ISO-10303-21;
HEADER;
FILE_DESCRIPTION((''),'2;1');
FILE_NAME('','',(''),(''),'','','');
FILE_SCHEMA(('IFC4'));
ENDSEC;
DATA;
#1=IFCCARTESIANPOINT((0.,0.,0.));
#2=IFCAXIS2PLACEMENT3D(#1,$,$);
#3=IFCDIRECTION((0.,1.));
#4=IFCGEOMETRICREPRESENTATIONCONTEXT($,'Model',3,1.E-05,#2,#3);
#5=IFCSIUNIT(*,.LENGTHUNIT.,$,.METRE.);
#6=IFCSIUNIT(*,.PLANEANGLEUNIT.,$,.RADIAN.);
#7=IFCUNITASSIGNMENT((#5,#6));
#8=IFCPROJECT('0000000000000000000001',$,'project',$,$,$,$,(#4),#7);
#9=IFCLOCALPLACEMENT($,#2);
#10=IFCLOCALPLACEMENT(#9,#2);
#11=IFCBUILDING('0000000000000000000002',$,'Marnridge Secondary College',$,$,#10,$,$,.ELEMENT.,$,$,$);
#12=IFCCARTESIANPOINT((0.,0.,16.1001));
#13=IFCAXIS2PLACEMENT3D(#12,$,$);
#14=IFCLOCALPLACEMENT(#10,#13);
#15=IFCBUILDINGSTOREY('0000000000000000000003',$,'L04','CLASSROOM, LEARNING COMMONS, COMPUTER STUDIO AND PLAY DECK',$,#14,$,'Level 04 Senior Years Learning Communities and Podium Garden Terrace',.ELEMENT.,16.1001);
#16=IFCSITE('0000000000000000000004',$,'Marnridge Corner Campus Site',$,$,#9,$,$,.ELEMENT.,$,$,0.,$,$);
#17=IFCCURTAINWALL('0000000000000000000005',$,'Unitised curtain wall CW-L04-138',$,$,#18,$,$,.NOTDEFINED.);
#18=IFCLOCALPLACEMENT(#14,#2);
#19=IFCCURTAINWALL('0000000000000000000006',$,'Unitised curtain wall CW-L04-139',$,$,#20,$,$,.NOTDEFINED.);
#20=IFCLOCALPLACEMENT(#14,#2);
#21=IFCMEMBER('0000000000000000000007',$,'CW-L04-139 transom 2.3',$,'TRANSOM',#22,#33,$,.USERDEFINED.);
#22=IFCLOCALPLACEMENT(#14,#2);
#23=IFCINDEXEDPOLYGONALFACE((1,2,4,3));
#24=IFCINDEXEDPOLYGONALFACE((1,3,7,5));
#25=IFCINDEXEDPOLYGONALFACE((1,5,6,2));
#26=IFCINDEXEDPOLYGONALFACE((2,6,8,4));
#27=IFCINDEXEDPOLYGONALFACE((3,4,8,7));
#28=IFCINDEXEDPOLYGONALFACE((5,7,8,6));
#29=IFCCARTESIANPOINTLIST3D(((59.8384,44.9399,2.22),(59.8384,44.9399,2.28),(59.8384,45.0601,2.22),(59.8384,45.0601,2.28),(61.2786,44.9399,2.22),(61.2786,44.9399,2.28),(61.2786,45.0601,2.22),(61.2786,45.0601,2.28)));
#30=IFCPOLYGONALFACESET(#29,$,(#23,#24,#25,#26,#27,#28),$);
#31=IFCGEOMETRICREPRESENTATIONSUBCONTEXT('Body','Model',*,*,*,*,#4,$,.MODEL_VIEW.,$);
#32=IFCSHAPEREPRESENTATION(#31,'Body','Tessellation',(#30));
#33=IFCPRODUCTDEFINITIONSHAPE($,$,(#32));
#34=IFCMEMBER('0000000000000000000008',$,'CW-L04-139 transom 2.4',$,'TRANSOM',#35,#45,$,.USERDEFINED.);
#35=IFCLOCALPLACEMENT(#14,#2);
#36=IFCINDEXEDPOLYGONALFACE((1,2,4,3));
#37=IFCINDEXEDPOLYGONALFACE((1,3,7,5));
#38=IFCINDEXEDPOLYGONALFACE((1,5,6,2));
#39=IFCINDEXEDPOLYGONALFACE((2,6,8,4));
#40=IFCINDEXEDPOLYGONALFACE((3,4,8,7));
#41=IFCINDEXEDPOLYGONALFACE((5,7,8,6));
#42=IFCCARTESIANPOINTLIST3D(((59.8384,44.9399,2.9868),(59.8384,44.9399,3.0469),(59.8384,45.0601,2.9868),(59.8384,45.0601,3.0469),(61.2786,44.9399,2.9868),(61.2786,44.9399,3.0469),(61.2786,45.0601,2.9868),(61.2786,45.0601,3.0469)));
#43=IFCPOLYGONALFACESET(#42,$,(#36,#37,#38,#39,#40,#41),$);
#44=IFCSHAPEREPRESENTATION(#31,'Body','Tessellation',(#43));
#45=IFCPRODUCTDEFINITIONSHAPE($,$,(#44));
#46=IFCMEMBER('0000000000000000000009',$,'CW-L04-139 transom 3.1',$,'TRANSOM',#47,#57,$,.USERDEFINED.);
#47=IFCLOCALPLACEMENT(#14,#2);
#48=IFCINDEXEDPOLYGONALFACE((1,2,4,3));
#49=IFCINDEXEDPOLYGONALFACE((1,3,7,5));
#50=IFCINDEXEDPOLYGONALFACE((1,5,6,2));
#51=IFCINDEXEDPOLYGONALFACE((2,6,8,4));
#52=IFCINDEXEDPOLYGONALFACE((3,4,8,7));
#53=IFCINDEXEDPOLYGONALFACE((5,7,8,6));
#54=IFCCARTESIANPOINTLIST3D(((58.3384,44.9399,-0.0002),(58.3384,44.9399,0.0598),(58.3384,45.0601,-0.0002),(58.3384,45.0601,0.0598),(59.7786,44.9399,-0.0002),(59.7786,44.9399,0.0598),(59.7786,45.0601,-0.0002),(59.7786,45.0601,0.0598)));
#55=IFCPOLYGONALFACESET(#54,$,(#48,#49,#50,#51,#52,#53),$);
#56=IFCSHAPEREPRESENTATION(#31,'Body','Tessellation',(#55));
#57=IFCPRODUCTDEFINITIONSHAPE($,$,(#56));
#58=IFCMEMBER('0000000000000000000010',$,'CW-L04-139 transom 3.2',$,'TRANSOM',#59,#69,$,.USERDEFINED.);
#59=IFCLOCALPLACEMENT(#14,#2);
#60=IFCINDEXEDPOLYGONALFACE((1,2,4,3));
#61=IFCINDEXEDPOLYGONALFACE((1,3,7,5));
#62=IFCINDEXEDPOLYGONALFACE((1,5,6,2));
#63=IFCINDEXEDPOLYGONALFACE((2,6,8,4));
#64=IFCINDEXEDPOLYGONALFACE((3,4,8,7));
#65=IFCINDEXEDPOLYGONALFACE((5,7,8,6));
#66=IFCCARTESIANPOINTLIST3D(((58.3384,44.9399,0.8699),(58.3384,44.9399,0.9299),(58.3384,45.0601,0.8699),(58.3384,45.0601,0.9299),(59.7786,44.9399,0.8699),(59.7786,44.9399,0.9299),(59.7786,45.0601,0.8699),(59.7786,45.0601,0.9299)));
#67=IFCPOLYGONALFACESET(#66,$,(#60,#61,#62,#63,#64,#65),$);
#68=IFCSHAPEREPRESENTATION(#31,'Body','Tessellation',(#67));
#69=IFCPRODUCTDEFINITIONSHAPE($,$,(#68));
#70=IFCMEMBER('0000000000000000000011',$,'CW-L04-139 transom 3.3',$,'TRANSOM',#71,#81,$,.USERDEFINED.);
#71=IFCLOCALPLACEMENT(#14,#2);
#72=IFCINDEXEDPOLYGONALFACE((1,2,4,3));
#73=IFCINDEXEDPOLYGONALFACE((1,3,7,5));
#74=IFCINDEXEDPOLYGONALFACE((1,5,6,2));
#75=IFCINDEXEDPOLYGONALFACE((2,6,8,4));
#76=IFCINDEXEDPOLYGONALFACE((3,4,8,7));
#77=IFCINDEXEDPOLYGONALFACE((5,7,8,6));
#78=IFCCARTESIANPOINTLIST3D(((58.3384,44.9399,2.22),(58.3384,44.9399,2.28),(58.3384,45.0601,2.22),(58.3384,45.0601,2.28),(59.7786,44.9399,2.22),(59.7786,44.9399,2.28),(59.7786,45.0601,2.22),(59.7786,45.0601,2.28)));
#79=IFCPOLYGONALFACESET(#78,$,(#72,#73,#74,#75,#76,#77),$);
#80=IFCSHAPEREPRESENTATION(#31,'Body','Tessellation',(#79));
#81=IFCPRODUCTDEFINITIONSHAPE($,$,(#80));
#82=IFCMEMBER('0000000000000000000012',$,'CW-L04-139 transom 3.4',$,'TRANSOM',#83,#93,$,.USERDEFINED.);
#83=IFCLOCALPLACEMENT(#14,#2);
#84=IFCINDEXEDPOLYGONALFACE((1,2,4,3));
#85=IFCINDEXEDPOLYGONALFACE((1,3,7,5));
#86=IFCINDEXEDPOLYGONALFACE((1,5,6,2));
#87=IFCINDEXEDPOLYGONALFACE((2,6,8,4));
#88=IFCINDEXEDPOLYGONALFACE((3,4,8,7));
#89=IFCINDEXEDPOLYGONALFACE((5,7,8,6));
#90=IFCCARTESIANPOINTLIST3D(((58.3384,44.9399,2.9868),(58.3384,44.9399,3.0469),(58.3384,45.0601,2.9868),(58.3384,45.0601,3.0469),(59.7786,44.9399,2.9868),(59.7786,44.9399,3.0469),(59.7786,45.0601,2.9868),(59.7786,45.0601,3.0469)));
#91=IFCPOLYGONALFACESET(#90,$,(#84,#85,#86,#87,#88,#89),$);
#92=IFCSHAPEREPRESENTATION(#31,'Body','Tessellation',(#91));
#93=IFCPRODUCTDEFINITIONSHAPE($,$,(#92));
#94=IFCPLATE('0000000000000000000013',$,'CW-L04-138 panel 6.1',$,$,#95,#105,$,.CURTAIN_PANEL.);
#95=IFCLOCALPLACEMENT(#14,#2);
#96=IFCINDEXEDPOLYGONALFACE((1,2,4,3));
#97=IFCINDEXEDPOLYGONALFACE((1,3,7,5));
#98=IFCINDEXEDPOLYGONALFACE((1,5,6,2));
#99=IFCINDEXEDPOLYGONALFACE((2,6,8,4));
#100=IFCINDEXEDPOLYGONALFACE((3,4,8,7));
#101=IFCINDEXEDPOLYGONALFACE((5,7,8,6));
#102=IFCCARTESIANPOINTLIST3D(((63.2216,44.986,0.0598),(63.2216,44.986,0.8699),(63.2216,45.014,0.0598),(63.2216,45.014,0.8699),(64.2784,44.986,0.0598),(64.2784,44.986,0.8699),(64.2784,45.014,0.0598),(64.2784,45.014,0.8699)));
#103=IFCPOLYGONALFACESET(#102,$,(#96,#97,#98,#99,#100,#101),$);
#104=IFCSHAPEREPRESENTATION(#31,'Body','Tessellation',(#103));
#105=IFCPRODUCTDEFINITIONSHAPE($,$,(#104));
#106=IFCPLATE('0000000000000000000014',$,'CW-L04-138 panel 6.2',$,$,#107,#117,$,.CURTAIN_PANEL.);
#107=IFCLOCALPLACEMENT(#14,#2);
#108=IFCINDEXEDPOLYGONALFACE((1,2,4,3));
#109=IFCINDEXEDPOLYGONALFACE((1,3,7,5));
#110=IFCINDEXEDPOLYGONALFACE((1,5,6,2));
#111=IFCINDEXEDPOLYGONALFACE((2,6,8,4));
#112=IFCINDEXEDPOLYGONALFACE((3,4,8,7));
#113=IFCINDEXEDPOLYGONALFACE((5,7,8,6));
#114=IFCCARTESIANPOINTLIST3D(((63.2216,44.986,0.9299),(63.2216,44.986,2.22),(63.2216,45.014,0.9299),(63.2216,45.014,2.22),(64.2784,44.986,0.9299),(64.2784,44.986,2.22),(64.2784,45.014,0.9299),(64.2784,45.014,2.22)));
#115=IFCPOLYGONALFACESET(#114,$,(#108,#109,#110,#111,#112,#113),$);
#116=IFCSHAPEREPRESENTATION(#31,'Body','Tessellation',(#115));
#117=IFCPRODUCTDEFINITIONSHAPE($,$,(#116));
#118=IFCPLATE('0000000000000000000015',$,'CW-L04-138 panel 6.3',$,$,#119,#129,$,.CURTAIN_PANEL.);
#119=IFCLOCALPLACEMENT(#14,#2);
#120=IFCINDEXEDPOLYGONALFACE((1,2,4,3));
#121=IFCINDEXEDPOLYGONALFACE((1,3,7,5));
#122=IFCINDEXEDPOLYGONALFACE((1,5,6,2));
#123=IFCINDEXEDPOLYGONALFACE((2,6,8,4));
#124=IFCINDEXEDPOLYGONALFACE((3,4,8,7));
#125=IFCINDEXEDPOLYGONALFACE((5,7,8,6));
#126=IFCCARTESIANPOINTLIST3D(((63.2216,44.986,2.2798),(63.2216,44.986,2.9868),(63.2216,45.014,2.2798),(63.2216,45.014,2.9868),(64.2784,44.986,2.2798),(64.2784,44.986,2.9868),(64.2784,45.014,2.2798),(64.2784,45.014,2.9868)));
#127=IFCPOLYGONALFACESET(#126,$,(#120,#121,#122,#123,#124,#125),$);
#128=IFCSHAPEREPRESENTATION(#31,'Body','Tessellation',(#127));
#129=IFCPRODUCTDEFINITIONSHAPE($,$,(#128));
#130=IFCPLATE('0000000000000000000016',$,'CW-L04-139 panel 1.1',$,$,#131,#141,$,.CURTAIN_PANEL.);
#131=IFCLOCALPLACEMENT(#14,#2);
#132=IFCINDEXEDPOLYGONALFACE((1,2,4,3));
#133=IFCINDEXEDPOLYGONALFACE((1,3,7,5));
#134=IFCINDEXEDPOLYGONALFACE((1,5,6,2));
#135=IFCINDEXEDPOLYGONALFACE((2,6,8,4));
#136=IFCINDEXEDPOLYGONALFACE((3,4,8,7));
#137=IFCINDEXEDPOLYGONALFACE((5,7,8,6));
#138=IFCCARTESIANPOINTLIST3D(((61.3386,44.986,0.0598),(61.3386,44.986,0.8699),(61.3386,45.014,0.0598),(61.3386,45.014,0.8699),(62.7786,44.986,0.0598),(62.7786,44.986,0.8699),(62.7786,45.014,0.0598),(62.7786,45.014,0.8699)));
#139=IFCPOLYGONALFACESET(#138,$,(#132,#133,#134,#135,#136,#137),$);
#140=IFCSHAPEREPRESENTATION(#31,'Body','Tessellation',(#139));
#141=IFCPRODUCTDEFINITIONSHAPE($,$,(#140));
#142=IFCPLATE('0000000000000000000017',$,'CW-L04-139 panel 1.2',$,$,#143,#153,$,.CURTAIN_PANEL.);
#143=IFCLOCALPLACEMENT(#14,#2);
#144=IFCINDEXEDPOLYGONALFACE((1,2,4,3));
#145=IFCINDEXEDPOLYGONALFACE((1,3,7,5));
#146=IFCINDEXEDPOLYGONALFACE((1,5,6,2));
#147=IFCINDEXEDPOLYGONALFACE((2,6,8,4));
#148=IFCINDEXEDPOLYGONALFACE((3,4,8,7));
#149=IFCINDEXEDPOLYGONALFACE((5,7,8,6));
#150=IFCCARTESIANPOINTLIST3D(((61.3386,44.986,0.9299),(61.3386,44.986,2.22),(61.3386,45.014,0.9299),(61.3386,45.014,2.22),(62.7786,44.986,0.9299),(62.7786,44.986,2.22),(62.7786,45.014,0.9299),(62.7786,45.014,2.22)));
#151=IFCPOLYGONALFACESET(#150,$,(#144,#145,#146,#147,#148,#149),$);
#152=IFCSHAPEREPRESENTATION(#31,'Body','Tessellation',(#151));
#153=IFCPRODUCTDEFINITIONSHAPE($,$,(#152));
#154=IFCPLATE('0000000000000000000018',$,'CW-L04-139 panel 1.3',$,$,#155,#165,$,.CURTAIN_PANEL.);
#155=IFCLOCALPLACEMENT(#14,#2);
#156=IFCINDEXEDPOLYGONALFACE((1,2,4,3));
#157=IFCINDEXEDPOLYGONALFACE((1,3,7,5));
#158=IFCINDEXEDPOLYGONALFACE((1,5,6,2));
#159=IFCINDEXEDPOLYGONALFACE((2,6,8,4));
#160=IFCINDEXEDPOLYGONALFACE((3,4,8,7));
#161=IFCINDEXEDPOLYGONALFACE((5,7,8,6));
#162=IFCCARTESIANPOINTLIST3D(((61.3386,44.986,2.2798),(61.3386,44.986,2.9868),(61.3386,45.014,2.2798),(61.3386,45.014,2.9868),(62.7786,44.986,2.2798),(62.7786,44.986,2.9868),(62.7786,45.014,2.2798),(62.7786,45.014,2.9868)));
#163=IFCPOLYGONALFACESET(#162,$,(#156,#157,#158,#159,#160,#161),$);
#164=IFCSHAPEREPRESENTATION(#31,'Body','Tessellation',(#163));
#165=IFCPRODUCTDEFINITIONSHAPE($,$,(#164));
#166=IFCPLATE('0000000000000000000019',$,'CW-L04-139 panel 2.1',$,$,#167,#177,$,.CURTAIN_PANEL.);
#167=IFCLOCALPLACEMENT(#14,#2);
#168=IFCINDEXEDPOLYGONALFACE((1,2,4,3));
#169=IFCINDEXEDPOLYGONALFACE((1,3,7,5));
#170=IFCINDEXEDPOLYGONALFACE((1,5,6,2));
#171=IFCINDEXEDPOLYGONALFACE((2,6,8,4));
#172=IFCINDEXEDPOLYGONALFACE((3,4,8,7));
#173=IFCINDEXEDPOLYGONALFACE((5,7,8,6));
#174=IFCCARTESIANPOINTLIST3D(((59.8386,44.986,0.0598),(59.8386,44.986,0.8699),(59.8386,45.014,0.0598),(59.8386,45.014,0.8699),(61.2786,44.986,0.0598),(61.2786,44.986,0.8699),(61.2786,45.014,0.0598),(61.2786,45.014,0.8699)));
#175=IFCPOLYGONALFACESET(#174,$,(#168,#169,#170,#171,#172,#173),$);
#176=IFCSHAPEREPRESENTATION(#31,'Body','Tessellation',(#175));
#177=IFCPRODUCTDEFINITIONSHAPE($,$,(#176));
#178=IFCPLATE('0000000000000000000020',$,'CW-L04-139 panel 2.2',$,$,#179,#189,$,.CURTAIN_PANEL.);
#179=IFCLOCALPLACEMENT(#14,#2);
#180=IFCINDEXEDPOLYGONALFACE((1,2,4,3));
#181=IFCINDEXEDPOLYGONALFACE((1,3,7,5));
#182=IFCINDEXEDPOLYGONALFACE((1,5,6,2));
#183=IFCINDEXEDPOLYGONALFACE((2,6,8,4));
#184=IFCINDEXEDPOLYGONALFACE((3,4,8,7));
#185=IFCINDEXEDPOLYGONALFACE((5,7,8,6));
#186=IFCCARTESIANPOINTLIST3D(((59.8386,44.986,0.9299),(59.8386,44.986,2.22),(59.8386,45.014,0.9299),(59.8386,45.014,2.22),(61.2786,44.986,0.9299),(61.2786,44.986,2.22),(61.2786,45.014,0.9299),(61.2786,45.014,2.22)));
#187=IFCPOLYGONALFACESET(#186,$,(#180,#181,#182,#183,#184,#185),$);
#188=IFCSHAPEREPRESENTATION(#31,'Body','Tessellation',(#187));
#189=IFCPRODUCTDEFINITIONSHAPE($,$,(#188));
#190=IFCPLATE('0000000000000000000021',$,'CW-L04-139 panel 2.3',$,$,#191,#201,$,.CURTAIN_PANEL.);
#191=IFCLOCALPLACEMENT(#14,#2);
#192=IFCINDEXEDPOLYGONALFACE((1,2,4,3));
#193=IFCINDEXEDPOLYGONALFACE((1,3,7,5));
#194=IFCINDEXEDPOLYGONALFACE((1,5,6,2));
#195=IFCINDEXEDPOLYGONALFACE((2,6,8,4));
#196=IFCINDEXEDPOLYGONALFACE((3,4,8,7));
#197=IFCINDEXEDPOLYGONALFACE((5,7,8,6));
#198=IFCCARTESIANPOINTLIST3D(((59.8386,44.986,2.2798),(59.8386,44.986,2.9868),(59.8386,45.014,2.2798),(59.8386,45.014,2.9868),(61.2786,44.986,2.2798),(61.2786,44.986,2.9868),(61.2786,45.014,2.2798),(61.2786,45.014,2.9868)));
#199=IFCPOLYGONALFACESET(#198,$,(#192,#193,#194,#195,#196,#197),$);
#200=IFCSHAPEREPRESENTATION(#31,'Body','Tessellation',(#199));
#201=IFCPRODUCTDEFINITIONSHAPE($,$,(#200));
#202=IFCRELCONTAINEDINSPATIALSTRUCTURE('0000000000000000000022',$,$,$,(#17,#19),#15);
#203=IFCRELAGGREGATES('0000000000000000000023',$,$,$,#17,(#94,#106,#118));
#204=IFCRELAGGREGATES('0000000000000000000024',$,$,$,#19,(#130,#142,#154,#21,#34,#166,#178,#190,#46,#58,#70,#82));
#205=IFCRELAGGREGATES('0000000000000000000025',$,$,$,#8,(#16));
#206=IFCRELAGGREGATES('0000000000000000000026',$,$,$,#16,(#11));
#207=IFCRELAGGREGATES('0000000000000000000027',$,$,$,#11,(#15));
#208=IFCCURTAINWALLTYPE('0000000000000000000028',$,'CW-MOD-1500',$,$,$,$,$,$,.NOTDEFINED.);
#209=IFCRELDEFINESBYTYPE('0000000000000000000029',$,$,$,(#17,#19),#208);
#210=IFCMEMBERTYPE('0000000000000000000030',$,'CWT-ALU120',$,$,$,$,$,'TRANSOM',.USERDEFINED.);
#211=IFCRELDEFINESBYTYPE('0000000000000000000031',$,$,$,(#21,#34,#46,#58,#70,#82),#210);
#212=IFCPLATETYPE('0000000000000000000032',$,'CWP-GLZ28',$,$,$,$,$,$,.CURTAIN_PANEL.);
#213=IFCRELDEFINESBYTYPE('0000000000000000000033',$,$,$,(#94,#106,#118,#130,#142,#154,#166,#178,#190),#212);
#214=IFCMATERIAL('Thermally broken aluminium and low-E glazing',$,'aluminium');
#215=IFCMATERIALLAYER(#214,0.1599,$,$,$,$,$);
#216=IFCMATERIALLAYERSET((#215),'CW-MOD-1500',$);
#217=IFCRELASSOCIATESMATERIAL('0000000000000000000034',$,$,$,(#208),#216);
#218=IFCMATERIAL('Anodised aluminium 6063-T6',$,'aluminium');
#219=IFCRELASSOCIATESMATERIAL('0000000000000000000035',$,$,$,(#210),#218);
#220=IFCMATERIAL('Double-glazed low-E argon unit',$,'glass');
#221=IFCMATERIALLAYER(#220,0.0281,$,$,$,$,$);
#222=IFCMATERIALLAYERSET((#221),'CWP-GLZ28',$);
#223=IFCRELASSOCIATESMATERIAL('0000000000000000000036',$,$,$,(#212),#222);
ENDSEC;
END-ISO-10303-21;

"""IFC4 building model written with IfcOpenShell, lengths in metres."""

from ifc_helpers import new_model, si_unit, direction, frame, origin, origin_2d, place, context, subcontext, project, spatial, rectangle, extrude, material, layer, layer_set, material_profile, profile_set, type_object, element, aggregate, save


model = new_model("IFC4")

# Units and contexts
model_context = context("Model", 3, precision=1e-05, world=origin(), true_north=direction((0.0, 1.0)))
body_context = subcontext(model_context, "Body", "Model", "MODEL_VIEW")
ifc_project = project(units=[si_unit("LENGTHUNIT", "METRE"), si_unit("PLANEANGLEUNIT", "RADIAN")], contexts=[model_context])

# Site, building, storey
site_placement = place(None, origin())
site = spatial("IfcSite", under=ifc_project, at=site_placement, Name="Marnridge Corner Campus Site", CompositionType="ELEMENT", RefElevation=0.0)
building_placement = place(site_placement, origin())
building = spatial("IfcBuilding", under=site, at=building_placement, Name="Marnridge Secondary College", CompositionType="ELEMENT")
storey_placement = place(building_placement, frame((0.0, 0.0, 16.1001)))
storey = spatial("IfcBuildingStorey", under=building, at=storey_placement, Name="L04", Description="CLASSROOM, LEARNING COMMONS, COMPUTER STUDIO AND PLAY DECK", LongName="Level 04 Senior Years Learning Communities and Podium Garden Terrace", CompositionType="ELEMENT", Elevation=16.1001)

# Curtain wall
ifc_material_1 = material(Name="Thermally broken aluminium and low-E glazing", Category="aluminium")
ifc_layer_1 = layer(ifc_material_1, 0.1599)
ifc_layer_set_1 = layer_set([ifc_layer_1], Name="CW-MOD-1500")
curtain_wall_type = type_object("IfcCurtainWallType", Name="CW-MOD-1500", PredefinedType="NOTDEFINED", material=ifc_layer_set_1)
curtain_wall_1_placement = place(storey_placement, origin())
curtain_wall_1 = element("IfcCurtainWall", 1, at=curtain_wall_1_placement, inside=storey, type_object=curtain_wall_type, Name="Unitised curtain wall CW-L04-138", PredefinedType="NOTDEFINED")

# Curtain wall
curtain_wall_2_placement = place(storey_placement, origin())
curtain_wall_2 = element("IfcCurtainWall", 2, at=curtain_wall_2_placement, inside=storey, type_object=curtain_wall_type, Name="Unitised curtain wall CW-L04-139", PredefinedType="NOTDEFINED")

# Members
ifc_material_2 = material(Name="Anodised aluminium 6063-T6", Category="aluminium")
ifc_material_profile_1 = material_profile(ifc_material_2, rectangle(XDim=0.0601, YDim=0.1201, at=origin_2d()), Name="ALU 60x120")
ifc_profile_set_1 = profile_set([ifc_material_profile_1], Name="Anodised aluminium 6063-T6")
member_type_1 = type_object("IfcMemberType", Name="CWT-ALU120", ElementType="TRANSOM", PredefinedType="USERDEFINED", material=ifc_profile_set_1)
member_1_placement = place(storey_placement, frame((61.2786, 45.0, 2.25), z_axis=(-1.0, 0.0, 0.0), x_axis=(0.0, 0.0, 1.0)))
member_1 = element("IfcMember", 3, at=member_1_placement, type_object=member_type_1, Name="CW-L04-139 transom 2.3", ObjectType="TRANSOM", PredefinedType="USERDEFINED", context=body_context, shape_type="SweptSolid", body=[
    extrude(rectangle(XDim=0.0601, YDim=0.1201, at=origin_2d()), origin(), (0.0, 0.0, 1.0), 1.4402),
])
member_2_placement = place(storey_placement, frame((61.2786, 45.0, 3.0168), z_axis=(-1.0, 0.0, 0.0), x_axis=(0.0, 0.0, 1.0)))
member_2 = element("IfcMember", 4, at=member_2_placement, type_object=member_type_1, Name="CW-L04-139 transom 2.4", ObjectType="TRANSOM", PredefinedType="USERDEFINED", context=body_context, shape_type="SweptSolid", body=[
    extrude(rectangle(XDim=0.0601, YDim=0.1201, at=origin_2d()), origin(), (0.0, 0.0, 1.0), 1.4402),
])
member_3_placement = place(storey_placement, frame((59.7786, 45.0, 0.0298), z_axis=(-1.0, 0.0, 0.0), x_axis=(0.0, 0.0, 1.0)))
member_3 = element("IfcMember", 5, at=member_3_placement, type_object=member_type_1, Name="CW-L04-139 transom 3.1", ObjectType="TRANSOM", PredefinedType="USERDEFINED", context=body_context, shape_type="SweptSolid", body=[
    extrude(rectangle(XDim=0.0601, YDim=0.1201, at=origin_2d()), origin(), (0.0, 0.0, 1.0), 1.4402),
])
member_4_placement = place(storey_placement, frame((59.7786, 45.0, 0.8999), z_axis=(-1.0, 0.0, 0.0), x_axis=(0.0, 0.0, 1.0)))
member_4 = element("IfcMember", 6, at=member_4_placement, type_object=member_type_1, Name="CW-L04-139 transom 3.2", ObjectType="TRANSOM", PredefinedType="USERDEFINED", context=body_context, shape_type="SweptSolid", body=[
    extrude(rectangle(XDim=0.0601, YDim=0.1201, at=origin_2d()), origin(), (0.0, 0.0, 1.0), 1.4402),
])
member_5_placement = place(storey_placement, frame((59.7786, 45.0, 2.25), z_axis=(-1.0, 0.0, 0.0), x_axis=(0.0, 0.0, 1.0)))
member_5 = element("IfcMember", 7, at=member_5_placement, type_object=member_type_1, Name="CW-L04-139 transom 3.3", ObjectType="TRANSOM", PredefinedType="USERDEFINED", context=body_context, shape_type="SweptSolid", body=[
    extrude(rectangle(XDim=0.0601, YDim=0.1201, at=origin_2d()), origin(), (0.0, 0.0, 1.0), 1.4402),
])
member_6_placement = place(storey_placement, frame((59.7786, 45.0, 3.0168), z_axis=(-1.0, 0.0, 0.0), x_axis=(0.0, 0.0, 1.0)))
member_6 = element("IfcMember", 8, at=member_6_placement, type_object=member_type_1, Name="CW-L04-139 transom 3.4", ObjectType="TRANSOM", PredefinedType="USERDEFINED", context=body_context, shape_type="SweptSolid", body=[
    extrude(rectangle(XDim=0.0601, YDim=0.1201, at=origin_2d()), origin(), (0.0, 0.0, 1.0), 1.4402),
])

# Plates
ifc_material_3 = material(Name="Double-glazed low-E argon unit", Category="glass")
ifc_layer_2 = layer(ifc_material_3, 0.0281)
ifc_layer_set_2 = layer_set([ifc_layer_2], Name="CWP-GLZ28")
plate_type = type_object("IfcPlateType", Name="CWP-GLZ28", PredefinedType="CURTAIN_PANEL", material=ifc_layer_set_2)
plate_1_placement = place(storey_placement, frame((63.75, 45.0, 0.0598), z_axis=(0.0, 0.0, 1.0), x_axis=(-1.0, 0.0, 0.0)))
plate_1 = element("IfcPlate", 9, at=plate_1_placement, type_object=plate_type, Name="CW-L04-138 panel 6.1", PredefinedType="CURTAIN_PANEL", context=body_context, shape_type="SweptSolid", body=[
    extrude(rectangle(XDim=1.0569, YDim=0.0281, at=origin_2d()), origin(), (0.0, 0.0, 1.0), 0.8101),
])
plate_2_placement = place(storey_placement, frame((63.75, 45.0, 0.9299), z_axis=(0.0, 0.0, 1.0), x_axis=(-1.0, 0.0, 0.0)))
plate_2 = element("IfcPlate", 10, at=plate_2_placement, type_object=plate_type, Name="CW-L04-138 panel 6.2", PredefinedType="CURTAIN_PANEL", context=body_context, shape_type="SweptSolid", body=[
    extrude(rectangle(XDim=1.0569, YDim=0.0281, at=origin_2d()), origin(), (0.0, 0.0, 1.0), 1.29),
])
plate_3_placement = place(storey_placement, frame((63.75, 45.0, 2.2798), z_axis=(0.0, 0.0, 1.0), x_axis=(-1.0, 0.0, 0.0)))
plate_3 = element("IfcPlate", 11, at=plate_3_placement, type_object=plate_type, Name="CW-L04-138 panel 6.3", PredefinedType="CURTAIN_PANEL", context=body_context, shape_type="SweptSolid", body=[
    extrude(rectangle(XDim=1.0569, YDim=0.0281, at=origin_2d()), origin(), (0.0, 0.0, 1.0), 0.707),
])
aggregate(curtain_wall_1, [plate_1, plate_2, plate_3])
plate_4_placement = place(storey_placement, frame((62.0586, 45.0, 0.0598), z_axis=(0.0, 0.0, 1.0), x_axis=(-1.0, 0.0, 0.0)))
plate_4 = element("IfcPlate", 12, at=plate_4_placement, type_object=plate_type, Name="CW-L04-139 panel 1.1", PredefinedType="CURTAIN_PANEL", context=body_context, shape_type="SweptSolid", body=[
    extrude(rectangle(XDim=1.4399, YDim=0.0281, at=origin_2d()), origin(), (0.0, 0.0, 1.0), 0.8101),
])
plate_5_placement = place(storey_placement, frame((62.0586, 45.0, 0.9299), z_axis=(0.0, 0.0, 1.0), x_axis=(-1.0, 0.0, 0.0)))
plate_5 = element("IfcPlate", 13, at=plate_5_placement, type_object=plate_type, Name="CW-L04-139 panel 1.2", PredefinedType="CURTAIN_PANEL", context=body_context, shape_type="SweptSolid", body=[
    extrude(rectangle(XDim=1.4399, YDim=0.0281, at=origin_2d()), origin(), (0.0, 0.0, 1.0), 1.29),
])
plate_6_placement = place(storey_placement, frame((62.0586, 45.0, 2.2798), z_axis=(0.0, 0.0, 1.0), x_axis=(-1.0, 0.0, 0.0)))
plate_6 = element("IfcPlate", 14, at=plate_6_placement, type_object=plate_type, Name="CW-L04-139 panel 1.3", PredefinedType="CURTAIN_PANEL", context=body_context, shape_type="SweptSolid", body=[
    extrude(rectangle(XDim=1.4399, YDim=0.0281, at=origin_2d()), origin(), (0.0, 0.0, 1.0), 0.707),
])
plate_7_placement = place(storey_placement, frame((60.5586, 45.0, 0.0598), z_axis=(0.0, 0.0, 1.0), x_axis=(-1.0, 0.0, 0.0)))
plate_7 = element("IfcPlate", 15, at=plate_7_placement, type_object=plate_type, Name="CW-L04-139 panel 2.1", PredefinedType="CURTAIN_PANEL", context=body_context, shape_type="SweptSolid", body=[
    extrude(rectangle(XDim=1.4399, YDim=0.0281, at=origin_2d()), origin(), (0.0, 0.0, 1.0), 0.8101),
])
plate_8_placement = place(storey_placement, frame((60.5586, 45.0, 0.9299), z_axis=(0.0, 0.0, 1.0), x_axis=(-1.0, 0.0, 0.0)))
plate_8 = element("IfcPlate", 16, at=plate_8_placement, type_object=plate_type, Name="CW-L04-139 panel 2.2", PredefinedType="CURTAIN_PANEL", context=body_context, shape_type="SweptSolid", body=[
    extrude(rectangle(XDim=1.4399, YDim=0.0281, at=origin_2d()), origin(), (0.0, 0.0, 1.0), 1.29),
])
plate_9_placement = place(storey_placement, frame((60.5586, 45.0, 2.2798), z_axis=(0.0, 0.0, 1.0), x_axis=(-1.0, 0.0, 0.0)))
plate_9 = element("IfcPlate", 17, at=plate_9_placement, type_object=plate_type, Name="CW-L04-139 panel 2.3", PredefinedType="CURTAIN_PANEL", context=body_context, shape_type="SweptSolid", body=[
    extrude(rectangle(XDim=1.4399, YDim=0.0281, at=origin_2d()), origin(), (0.0, 0.0, 1.0), 0.707),
])
aggregate(curtain_wall_2, [plate_4, plate_5, plate_6, member_1, member_2, plate_7, plate_8, plate_9, member_3, member_4, member_5, member_6])

save(model, "model.ifc")
